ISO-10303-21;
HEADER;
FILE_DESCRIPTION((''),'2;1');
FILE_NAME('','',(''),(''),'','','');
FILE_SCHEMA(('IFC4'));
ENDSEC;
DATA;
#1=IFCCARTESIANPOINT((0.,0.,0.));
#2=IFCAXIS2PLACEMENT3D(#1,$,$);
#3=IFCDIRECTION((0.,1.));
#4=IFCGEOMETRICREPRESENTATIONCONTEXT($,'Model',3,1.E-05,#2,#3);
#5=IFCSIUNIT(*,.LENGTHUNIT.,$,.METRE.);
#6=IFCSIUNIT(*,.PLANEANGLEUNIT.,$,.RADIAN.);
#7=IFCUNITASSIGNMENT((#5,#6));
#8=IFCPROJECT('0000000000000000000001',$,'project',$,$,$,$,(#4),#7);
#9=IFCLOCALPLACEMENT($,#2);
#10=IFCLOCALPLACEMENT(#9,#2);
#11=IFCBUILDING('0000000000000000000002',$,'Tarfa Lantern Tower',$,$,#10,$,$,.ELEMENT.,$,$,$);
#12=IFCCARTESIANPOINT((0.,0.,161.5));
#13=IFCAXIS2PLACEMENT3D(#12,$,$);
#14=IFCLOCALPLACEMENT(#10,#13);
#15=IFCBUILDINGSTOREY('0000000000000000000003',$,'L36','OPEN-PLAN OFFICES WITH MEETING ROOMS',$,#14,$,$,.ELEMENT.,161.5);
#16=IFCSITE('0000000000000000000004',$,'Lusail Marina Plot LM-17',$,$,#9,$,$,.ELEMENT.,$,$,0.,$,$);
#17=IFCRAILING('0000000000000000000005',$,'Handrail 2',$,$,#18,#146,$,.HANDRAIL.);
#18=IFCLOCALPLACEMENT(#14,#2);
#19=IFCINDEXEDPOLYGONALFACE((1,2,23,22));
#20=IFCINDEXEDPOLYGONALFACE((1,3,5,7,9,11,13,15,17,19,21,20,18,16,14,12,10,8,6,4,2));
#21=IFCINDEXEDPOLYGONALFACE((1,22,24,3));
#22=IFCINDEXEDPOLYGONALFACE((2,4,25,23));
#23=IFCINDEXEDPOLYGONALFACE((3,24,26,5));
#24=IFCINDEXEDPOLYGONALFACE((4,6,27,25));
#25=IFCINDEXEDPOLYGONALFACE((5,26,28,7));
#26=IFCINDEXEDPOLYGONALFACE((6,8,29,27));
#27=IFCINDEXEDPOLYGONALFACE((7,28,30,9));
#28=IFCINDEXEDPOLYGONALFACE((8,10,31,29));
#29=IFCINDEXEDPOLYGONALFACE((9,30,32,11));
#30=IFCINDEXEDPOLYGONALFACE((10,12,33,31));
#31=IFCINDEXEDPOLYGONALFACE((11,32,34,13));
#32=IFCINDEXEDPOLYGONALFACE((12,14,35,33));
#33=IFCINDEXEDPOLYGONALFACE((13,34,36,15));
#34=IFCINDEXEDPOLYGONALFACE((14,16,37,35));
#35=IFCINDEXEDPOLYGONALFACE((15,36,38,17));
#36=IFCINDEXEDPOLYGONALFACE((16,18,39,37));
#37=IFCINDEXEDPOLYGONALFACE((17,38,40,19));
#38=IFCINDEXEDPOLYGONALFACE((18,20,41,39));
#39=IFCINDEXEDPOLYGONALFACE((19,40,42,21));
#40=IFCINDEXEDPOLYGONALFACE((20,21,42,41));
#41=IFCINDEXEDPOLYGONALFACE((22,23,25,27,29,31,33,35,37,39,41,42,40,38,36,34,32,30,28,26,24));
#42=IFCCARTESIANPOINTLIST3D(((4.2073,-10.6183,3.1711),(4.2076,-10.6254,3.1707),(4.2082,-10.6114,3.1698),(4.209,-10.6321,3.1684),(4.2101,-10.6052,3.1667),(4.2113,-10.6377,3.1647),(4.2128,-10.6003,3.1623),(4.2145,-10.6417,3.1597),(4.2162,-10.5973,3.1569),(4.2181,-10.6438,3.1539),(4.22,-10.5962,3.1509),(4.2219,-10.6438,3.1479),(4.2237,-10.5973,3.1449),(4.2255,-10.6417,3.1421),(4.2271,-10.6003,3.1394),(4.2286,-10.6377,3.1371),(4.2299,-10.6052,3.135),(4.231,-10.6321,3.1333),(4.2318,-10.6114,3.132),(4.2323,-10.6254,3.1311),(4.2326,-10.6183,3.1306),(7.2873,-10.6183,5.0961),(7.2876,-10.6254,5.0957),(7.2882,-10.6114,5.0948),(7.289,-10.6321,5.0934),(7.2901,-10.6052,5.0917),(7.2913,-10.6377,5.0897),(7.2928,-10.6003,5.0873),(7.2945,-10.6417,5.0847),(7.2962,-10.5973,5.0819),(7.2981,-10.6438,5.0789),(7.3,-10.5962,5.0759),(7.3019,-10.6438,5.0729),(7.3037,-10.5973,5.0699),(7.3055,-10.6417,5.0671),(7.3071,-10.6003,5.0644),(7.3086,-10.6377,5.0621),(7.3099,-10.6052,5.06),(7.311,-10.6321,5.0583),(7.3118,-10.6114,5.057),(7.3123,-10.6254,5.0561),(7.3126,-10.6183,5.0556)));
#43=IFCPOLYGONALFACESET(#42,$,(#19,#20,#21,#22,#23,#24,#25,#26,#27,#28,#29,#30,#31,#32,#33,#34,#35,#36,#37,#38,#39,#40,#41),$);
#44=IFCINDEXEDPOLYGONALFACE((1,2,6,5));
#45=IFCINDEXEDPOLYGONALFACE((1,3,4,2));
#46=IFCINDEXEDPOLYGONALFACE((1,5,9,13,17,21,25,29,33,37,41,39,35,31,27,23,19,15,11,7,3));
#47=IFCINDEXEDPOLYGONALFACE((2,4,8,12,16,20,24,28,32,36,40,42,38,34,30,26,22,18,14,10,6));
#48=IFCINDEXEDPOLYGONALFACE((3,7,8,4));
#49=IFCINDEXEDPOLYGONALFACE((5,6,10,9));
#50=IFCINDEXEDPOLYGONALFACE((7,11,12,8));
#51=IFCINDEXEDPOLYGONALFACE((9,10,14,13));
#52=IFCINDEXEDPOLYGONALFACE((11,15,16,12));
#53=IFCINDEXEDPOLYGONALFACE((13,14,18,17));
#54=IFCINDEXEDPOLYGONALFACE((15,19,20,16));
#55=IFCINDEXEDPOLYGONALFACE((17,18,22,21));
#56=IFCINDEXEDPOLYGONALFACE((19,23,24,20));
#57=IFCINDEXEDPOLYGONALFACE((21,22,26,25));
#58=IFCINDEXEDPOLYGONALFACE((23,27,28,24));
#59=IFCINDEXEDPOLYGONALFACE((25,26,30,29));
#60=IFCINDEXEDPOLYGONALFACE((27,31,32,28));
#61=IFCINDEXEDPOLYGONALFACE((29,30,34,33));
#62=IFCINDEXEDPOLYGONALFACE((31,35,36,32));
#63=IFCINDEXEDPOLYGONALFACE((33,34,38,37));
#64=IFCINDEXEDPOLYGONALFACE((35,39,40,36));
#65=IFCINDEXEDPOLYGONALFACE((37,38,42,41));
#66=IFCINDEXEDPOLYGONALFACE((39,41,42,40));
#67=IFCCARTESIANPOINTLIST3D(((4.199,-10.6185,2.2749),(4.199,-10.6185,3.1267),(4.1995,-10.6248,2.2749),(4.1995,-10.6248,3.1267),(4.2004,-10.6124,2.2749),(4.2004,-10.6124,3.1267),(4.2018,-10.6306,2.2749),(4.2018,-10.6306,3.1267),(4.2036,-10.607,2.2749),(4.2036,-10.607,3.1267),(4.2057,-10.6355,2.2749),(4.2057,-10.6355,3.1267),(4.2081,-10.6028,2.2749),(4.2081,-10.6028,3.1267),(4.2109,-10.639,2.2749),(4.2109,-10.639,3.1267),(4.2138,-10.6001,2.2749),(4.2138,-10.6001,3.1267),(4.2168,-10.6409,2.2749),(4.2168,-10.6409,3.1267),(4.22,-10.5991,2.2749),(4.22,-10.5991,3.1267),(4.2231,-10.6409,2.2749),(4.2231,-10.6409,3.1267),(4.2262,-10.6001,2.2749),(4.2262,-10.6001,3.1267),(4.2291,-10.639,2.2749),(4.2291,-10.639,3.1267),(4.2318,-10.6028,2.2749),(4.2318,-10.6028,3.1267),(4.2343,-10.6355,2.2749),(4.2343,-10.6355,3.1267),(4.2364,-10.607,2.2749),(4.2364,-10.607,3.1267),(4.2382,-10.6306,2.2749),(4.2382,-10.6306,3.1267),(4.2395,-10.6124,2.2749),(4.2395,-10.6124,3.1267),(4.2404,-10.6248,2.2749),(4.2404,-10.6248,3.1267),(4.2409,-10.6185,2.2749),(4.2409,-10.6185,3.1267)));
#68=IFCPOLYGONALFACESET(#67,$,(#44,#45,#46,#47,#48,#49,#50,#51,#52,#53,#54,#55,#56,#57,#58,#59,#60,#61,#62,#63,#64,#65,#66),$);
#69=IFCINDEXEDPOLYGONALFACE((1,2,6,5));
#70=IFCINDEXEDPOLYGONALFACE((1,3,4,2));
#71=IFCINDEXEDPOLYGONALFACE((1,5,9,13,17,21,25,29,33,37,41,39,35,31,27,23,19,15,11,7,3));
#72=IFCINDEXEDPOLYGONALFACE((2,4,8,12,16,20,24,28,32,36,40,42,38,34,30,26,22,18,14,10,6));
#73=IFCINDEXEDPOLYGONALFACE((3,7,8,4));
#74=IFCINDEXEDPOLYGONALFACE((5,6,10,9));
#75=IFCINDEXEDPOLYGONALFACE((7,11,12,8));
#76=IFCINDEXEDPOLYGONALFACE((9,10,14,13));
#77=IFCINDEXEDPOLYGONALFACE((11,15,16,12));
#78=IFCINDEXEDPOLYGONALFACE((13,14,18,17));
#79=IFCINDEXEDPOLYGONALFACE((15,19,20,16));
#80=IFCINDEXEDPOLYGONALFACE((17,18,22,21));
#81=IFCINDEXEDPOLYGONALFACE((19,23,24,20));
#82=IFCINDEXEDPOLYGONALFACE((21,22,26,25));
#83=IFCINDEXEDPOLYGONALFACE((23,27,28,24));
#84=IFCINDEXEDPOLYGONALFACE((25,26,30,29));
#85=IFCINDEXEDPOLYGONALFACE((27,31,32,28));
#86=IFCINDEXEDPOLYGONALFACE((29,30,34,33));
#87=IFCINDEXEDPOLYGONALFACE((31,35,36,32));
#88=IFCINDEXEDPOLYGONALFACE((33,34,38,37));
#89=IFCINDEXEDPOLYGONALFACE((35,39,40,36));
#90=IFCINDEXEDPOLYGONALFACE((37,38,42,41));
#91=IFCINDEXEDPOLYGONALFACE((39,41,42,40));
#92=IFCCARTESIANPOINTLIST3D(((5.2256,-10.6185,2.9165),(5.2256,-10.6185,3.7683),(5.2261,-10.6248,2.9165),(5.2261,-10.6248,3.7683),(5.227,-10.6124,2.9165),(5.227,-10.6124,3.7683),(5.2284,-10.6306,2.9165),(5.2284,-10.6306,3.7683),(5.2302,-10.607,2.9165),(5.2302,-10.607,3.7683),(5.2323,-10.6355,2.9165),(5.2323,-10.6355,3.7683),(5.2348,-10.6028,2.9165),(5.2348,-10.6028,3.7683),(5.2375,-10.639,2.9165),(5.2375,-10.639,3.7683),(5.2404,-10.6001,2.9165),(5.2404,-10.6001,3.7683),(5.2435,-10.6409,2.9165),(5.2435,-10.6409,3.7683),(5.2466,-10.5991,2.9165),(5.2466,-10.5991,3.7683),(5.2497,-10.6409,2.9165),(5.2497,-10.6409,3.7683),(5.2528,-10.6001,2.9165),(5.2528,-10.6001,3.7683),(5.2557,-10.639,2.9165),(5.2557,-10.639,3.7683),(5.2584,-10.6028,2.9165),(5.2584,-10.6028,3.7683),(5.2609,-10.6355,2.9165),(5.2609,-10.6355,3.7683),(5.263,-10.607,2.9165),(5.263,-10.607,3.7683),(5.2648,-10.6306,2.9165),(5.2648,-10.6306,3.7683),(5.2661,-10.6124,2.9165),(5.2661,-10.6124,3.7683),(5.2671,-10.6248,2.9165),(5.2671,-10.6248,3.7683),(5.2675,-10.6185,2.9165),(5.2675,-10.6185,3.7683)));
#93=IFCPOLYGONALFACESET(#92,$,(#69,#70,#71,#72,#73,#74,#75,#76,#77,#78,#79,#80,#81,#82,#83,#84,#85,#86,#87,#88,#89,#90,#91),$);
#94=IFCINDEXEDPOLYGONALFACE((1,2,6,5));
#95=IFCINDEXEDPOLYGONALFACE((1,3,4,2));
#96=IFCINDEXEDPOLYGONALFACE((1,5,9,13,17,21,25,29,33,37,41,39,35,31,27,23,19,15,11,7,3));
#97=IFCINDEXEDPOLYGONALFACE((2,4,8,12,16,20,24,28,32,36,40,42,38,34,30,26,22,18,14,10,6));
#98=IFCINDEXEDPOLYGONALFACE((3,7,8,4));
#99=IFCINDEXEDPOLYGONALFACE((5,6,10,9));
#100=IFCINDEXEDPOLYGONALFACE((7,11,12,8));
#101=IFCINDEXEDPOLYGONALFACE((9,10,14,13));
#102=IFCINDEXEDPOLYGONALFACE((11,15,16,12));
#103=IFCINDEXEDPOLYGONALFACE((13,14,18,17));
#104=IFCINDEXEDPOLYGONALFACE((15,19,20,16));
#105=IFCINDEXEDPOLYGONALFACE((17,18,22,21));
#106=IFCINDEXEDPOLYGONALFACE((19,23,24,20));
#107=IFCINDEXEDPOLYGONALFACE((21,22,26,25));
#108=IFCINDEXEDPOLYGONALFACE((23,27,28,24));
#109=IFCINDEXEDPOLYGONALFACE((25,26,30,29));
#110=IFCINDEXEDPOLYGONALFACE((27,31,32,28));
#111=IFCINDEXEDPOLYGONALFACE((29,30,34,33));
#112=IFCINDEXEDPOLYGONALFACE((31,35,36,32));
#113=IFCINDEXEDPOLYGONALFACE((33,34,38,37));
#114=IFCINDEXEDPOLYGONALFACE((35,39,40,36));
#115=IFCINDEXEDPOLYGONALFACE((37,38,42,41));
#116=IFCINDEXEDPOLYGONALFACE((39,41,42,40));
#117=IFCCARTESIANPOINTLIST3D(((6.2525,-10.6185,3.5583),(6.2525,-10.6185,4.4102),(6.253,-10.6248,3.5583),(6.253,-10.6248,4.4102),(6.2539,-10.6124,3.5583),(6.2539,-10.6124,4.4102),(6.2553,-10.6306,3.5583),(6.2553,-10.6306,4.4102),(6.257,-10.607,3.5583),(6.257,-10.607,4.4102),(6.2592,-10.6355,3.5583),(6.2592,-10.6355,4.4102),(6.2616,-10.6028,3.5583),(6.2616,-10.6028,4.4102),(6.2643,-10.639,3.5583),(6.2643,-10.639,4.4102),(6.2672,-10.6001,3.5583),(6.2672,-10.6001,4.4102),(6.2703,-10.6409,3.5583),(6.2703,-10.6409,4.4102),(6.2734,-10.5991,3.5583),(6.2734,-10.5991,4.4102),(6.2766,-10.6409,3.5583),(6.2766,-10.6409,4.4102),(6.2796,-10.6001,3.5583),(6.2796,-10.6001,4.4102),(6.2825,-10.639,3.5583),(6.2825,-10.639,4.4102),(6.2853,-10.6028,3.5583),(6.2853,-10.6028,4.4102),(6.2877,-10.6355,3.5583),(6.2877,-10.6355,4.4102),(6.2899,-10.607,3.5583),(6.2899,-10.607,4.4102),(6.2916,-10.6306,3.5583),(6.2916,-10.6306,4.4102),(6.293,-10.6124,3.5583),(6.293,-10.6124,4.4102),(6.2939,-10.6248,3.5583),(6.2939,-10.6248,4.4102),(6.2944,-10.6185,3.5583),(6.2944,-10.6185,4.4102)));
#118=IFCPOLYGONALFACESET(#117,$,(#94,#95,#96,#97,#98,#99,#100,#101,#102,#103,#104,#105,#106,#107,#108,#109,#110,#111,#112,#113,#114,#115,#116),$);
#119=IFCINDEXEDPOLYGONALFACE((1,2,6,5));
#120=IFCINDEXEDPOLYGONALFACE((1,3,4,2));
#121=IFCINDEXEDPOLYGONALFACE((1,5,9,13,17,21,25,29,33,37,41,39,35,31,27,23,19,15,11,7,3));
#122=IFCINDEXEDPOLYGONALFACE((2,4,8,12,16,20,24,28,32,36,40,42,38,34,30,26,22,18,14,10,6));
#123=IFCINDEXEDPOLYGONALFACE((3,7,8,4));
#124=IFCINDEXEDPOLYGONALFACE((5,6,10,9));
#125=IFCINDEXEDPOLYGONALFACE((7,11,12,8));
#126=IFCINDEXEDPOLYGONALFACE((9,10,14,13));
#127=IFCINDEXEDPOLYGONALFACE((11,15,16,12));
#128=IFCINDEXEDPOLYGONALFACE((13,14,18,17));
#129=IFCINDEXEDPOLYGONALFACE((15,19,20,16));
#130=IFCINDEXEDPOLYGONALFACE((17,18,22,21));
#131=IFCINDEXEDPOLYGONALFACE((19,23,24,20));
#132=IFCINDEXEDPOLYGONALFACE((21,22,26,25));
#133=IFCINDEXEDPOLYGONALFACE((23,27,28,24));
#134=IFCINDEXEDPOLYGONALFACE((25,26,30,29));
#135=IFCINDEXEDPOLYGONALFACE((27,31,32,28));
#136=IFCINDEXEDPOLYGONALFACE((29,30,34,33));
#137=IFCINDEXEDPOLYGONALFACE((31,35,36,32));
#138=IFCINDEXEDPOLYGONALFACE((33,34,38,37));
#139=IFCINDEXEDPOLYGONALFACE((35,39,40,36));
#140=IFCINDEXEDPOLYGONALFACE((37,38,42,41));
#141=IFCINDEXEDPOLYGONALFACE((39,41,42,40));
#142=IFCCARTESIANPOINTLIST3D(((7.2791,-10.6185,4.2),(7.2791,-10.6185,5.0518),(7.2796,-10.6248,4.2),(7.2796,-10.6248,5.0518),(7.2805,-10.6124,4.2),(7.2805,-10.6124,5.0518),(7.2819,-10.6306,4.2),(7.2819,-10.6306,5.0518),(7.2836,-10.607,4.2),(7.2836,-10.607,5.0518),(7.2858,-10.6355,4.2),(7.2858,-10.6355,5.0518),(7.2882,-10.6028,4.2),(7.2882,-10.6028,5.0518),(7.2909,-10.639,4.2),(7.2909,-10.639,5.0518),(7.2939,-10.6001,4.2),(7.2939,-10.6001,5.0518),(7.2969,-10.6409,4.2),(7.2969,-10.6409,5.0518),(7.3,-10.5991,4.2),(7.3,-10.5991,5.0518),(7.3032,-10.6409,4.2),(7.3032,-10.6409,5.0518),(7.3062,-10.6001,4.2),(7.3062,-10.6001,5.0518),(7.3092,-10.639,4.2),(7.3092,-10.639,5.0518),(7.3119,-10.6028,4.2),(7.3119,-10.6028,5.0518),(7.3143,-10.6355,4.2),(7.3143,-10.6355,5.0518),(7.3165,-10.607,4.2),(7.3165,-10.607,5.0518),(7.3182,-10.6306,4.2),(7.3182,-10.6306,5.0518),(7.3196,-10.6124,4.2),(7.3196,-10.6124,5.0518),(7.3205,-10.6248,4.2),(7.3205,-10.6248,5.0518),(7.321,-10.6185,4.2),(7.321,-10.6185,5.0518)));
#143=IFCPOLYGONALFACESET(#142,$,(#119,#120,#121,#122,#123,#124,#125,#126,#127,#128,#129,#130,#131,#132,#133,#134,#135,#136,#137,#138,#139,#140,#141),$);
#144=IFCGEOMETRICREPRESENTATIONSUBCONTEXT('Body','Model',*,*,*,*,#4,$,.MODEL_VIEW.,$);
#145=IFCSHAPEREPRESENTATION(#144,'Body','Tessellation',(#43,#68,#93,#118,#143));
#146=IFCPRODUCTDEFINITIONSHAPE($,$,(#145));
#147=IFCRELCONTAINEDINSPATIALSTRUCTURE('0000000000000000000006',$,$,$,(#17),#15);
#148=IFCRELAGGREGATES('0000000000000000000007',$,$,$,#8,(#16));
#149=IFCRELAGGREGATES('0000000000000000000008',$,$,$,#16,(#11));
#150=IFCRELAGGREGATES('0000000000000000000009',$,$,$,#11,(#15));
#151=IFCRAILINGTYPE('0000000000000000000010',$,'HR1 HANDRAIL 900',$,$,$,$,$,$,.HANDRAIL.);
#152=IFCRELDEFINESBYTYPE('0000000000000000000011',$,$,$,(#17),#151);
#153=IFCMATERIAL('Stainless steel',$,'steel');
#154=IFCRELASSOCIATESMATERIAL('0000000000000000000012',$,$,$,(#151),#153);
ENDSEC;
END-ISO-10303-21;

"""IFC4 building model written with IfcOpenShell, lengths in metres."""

from ifc_helpers import new_model, si_unit, direction, frame, origin, origin_2d, place, context, subcontext, project, spatial, circle, extrude, material, type_object, element, save


model = new_model("IFC4")

# Units and contexts
model_context = context("Model", 3, precision=1e-05, world=origin(), true_north=direction((0.0, 1.0)))
body_context = subcontext(model_context, "Body", "Model", "MODEL_VIEW")
ifc_project = project(units=[si_unit("LENGTHUNIT", "METRE"), si_unit("PLANEANGLEUNIT", "RADIAN")], contexts=[model_context])

# Site, building, storey
site_placement = place(None, origin())
site = spatial("IfcSite", under=ifc_project, at=site_placement, Name="Lusail Marina Plot LM-17", CompositionType="ELEMENT", RefElevation=0.0)
building_placement = place(site_placement, origin())
building = spatial("IfcBuilding", under=site, at=building_placement, Name="Tarfa Lantern Tower", CompositionType="ELEMENT")
storey_placement = place(building_placement, frame((0.0, 0.0, 161.5)))
storey = spatial("IfcBuildingStorey", under=building, at=storey_placement, Name="L36", Description="OPEN-PLAN OFFICES WITH MEETING ROOMS", CompositionType="ELEMENT", Elevation=161.5)

# Railing
ifc_material_1 = material(Name="Stainless steel", Category="steel")
railing_type = type_object("IfcRailingType", Name="HR1 HANDRAIL 900", PredefinedType="HANDRAIL", material=ifc_material_1)
railing_1_placement = place(storey_placement, frame((4.22, -10.6201, 2.2749)))
element("IfcRailing", 1, at=railing_1_placement, inside=storey, type_object=railing_type, Name="Handrail 2", PredefinedType="HANDRAIL", context=body_context, shape_type="SweptSolid", body=[
    extrude(circle(Radius=0.0239, at=origin_2d()), frame((0.0, 0.0, 0.876), z_axis=(0.847998, 0.0, 0.529999), x_axis=(0.0, 1.0, 0.0)), (0.0, 0.0, 1.0), 3.6321),
    extrude(circle(Radius=0.021, at=origin_2d()), frame((0.0, 0.0, 0.0), z_axis=(0.0, 0.0, 1.0), x_axis=(0.0, 1.0, 0.0)), (0.0, 0.0, 1.0), 0.8518),
    extrude(circle(Radius=0.021, at=origin_2d()), frame((1.0266, 0.0, 0.6416), z_axis=(0.0, 0.0, 1.0), x_axis=(0.0, 1.0, 0.0)), (0.0, 0.0, 1.0), 0.8518),
    extrude(circle(Radius=0.021, at=origin_2d()), frame((2.0535, 0.0, 1.2834), z_axis=(0.0, 0.0, 1.0), x_axis=(0.0, 1.0, 0.0)), (0.0, 0.0, 1.0), 0.8518),
    extrude(circle(Radius=0.021, at=origin_2d()), frame((3.0801, 0.0, 1.925), z_axis=(0.0, 0.0, 1.0), x_axis=(0.0, 1.0, 0.0)), (0.0, 0.0, 1.0), 0.8518),
])

save(model, "model.ifc")
